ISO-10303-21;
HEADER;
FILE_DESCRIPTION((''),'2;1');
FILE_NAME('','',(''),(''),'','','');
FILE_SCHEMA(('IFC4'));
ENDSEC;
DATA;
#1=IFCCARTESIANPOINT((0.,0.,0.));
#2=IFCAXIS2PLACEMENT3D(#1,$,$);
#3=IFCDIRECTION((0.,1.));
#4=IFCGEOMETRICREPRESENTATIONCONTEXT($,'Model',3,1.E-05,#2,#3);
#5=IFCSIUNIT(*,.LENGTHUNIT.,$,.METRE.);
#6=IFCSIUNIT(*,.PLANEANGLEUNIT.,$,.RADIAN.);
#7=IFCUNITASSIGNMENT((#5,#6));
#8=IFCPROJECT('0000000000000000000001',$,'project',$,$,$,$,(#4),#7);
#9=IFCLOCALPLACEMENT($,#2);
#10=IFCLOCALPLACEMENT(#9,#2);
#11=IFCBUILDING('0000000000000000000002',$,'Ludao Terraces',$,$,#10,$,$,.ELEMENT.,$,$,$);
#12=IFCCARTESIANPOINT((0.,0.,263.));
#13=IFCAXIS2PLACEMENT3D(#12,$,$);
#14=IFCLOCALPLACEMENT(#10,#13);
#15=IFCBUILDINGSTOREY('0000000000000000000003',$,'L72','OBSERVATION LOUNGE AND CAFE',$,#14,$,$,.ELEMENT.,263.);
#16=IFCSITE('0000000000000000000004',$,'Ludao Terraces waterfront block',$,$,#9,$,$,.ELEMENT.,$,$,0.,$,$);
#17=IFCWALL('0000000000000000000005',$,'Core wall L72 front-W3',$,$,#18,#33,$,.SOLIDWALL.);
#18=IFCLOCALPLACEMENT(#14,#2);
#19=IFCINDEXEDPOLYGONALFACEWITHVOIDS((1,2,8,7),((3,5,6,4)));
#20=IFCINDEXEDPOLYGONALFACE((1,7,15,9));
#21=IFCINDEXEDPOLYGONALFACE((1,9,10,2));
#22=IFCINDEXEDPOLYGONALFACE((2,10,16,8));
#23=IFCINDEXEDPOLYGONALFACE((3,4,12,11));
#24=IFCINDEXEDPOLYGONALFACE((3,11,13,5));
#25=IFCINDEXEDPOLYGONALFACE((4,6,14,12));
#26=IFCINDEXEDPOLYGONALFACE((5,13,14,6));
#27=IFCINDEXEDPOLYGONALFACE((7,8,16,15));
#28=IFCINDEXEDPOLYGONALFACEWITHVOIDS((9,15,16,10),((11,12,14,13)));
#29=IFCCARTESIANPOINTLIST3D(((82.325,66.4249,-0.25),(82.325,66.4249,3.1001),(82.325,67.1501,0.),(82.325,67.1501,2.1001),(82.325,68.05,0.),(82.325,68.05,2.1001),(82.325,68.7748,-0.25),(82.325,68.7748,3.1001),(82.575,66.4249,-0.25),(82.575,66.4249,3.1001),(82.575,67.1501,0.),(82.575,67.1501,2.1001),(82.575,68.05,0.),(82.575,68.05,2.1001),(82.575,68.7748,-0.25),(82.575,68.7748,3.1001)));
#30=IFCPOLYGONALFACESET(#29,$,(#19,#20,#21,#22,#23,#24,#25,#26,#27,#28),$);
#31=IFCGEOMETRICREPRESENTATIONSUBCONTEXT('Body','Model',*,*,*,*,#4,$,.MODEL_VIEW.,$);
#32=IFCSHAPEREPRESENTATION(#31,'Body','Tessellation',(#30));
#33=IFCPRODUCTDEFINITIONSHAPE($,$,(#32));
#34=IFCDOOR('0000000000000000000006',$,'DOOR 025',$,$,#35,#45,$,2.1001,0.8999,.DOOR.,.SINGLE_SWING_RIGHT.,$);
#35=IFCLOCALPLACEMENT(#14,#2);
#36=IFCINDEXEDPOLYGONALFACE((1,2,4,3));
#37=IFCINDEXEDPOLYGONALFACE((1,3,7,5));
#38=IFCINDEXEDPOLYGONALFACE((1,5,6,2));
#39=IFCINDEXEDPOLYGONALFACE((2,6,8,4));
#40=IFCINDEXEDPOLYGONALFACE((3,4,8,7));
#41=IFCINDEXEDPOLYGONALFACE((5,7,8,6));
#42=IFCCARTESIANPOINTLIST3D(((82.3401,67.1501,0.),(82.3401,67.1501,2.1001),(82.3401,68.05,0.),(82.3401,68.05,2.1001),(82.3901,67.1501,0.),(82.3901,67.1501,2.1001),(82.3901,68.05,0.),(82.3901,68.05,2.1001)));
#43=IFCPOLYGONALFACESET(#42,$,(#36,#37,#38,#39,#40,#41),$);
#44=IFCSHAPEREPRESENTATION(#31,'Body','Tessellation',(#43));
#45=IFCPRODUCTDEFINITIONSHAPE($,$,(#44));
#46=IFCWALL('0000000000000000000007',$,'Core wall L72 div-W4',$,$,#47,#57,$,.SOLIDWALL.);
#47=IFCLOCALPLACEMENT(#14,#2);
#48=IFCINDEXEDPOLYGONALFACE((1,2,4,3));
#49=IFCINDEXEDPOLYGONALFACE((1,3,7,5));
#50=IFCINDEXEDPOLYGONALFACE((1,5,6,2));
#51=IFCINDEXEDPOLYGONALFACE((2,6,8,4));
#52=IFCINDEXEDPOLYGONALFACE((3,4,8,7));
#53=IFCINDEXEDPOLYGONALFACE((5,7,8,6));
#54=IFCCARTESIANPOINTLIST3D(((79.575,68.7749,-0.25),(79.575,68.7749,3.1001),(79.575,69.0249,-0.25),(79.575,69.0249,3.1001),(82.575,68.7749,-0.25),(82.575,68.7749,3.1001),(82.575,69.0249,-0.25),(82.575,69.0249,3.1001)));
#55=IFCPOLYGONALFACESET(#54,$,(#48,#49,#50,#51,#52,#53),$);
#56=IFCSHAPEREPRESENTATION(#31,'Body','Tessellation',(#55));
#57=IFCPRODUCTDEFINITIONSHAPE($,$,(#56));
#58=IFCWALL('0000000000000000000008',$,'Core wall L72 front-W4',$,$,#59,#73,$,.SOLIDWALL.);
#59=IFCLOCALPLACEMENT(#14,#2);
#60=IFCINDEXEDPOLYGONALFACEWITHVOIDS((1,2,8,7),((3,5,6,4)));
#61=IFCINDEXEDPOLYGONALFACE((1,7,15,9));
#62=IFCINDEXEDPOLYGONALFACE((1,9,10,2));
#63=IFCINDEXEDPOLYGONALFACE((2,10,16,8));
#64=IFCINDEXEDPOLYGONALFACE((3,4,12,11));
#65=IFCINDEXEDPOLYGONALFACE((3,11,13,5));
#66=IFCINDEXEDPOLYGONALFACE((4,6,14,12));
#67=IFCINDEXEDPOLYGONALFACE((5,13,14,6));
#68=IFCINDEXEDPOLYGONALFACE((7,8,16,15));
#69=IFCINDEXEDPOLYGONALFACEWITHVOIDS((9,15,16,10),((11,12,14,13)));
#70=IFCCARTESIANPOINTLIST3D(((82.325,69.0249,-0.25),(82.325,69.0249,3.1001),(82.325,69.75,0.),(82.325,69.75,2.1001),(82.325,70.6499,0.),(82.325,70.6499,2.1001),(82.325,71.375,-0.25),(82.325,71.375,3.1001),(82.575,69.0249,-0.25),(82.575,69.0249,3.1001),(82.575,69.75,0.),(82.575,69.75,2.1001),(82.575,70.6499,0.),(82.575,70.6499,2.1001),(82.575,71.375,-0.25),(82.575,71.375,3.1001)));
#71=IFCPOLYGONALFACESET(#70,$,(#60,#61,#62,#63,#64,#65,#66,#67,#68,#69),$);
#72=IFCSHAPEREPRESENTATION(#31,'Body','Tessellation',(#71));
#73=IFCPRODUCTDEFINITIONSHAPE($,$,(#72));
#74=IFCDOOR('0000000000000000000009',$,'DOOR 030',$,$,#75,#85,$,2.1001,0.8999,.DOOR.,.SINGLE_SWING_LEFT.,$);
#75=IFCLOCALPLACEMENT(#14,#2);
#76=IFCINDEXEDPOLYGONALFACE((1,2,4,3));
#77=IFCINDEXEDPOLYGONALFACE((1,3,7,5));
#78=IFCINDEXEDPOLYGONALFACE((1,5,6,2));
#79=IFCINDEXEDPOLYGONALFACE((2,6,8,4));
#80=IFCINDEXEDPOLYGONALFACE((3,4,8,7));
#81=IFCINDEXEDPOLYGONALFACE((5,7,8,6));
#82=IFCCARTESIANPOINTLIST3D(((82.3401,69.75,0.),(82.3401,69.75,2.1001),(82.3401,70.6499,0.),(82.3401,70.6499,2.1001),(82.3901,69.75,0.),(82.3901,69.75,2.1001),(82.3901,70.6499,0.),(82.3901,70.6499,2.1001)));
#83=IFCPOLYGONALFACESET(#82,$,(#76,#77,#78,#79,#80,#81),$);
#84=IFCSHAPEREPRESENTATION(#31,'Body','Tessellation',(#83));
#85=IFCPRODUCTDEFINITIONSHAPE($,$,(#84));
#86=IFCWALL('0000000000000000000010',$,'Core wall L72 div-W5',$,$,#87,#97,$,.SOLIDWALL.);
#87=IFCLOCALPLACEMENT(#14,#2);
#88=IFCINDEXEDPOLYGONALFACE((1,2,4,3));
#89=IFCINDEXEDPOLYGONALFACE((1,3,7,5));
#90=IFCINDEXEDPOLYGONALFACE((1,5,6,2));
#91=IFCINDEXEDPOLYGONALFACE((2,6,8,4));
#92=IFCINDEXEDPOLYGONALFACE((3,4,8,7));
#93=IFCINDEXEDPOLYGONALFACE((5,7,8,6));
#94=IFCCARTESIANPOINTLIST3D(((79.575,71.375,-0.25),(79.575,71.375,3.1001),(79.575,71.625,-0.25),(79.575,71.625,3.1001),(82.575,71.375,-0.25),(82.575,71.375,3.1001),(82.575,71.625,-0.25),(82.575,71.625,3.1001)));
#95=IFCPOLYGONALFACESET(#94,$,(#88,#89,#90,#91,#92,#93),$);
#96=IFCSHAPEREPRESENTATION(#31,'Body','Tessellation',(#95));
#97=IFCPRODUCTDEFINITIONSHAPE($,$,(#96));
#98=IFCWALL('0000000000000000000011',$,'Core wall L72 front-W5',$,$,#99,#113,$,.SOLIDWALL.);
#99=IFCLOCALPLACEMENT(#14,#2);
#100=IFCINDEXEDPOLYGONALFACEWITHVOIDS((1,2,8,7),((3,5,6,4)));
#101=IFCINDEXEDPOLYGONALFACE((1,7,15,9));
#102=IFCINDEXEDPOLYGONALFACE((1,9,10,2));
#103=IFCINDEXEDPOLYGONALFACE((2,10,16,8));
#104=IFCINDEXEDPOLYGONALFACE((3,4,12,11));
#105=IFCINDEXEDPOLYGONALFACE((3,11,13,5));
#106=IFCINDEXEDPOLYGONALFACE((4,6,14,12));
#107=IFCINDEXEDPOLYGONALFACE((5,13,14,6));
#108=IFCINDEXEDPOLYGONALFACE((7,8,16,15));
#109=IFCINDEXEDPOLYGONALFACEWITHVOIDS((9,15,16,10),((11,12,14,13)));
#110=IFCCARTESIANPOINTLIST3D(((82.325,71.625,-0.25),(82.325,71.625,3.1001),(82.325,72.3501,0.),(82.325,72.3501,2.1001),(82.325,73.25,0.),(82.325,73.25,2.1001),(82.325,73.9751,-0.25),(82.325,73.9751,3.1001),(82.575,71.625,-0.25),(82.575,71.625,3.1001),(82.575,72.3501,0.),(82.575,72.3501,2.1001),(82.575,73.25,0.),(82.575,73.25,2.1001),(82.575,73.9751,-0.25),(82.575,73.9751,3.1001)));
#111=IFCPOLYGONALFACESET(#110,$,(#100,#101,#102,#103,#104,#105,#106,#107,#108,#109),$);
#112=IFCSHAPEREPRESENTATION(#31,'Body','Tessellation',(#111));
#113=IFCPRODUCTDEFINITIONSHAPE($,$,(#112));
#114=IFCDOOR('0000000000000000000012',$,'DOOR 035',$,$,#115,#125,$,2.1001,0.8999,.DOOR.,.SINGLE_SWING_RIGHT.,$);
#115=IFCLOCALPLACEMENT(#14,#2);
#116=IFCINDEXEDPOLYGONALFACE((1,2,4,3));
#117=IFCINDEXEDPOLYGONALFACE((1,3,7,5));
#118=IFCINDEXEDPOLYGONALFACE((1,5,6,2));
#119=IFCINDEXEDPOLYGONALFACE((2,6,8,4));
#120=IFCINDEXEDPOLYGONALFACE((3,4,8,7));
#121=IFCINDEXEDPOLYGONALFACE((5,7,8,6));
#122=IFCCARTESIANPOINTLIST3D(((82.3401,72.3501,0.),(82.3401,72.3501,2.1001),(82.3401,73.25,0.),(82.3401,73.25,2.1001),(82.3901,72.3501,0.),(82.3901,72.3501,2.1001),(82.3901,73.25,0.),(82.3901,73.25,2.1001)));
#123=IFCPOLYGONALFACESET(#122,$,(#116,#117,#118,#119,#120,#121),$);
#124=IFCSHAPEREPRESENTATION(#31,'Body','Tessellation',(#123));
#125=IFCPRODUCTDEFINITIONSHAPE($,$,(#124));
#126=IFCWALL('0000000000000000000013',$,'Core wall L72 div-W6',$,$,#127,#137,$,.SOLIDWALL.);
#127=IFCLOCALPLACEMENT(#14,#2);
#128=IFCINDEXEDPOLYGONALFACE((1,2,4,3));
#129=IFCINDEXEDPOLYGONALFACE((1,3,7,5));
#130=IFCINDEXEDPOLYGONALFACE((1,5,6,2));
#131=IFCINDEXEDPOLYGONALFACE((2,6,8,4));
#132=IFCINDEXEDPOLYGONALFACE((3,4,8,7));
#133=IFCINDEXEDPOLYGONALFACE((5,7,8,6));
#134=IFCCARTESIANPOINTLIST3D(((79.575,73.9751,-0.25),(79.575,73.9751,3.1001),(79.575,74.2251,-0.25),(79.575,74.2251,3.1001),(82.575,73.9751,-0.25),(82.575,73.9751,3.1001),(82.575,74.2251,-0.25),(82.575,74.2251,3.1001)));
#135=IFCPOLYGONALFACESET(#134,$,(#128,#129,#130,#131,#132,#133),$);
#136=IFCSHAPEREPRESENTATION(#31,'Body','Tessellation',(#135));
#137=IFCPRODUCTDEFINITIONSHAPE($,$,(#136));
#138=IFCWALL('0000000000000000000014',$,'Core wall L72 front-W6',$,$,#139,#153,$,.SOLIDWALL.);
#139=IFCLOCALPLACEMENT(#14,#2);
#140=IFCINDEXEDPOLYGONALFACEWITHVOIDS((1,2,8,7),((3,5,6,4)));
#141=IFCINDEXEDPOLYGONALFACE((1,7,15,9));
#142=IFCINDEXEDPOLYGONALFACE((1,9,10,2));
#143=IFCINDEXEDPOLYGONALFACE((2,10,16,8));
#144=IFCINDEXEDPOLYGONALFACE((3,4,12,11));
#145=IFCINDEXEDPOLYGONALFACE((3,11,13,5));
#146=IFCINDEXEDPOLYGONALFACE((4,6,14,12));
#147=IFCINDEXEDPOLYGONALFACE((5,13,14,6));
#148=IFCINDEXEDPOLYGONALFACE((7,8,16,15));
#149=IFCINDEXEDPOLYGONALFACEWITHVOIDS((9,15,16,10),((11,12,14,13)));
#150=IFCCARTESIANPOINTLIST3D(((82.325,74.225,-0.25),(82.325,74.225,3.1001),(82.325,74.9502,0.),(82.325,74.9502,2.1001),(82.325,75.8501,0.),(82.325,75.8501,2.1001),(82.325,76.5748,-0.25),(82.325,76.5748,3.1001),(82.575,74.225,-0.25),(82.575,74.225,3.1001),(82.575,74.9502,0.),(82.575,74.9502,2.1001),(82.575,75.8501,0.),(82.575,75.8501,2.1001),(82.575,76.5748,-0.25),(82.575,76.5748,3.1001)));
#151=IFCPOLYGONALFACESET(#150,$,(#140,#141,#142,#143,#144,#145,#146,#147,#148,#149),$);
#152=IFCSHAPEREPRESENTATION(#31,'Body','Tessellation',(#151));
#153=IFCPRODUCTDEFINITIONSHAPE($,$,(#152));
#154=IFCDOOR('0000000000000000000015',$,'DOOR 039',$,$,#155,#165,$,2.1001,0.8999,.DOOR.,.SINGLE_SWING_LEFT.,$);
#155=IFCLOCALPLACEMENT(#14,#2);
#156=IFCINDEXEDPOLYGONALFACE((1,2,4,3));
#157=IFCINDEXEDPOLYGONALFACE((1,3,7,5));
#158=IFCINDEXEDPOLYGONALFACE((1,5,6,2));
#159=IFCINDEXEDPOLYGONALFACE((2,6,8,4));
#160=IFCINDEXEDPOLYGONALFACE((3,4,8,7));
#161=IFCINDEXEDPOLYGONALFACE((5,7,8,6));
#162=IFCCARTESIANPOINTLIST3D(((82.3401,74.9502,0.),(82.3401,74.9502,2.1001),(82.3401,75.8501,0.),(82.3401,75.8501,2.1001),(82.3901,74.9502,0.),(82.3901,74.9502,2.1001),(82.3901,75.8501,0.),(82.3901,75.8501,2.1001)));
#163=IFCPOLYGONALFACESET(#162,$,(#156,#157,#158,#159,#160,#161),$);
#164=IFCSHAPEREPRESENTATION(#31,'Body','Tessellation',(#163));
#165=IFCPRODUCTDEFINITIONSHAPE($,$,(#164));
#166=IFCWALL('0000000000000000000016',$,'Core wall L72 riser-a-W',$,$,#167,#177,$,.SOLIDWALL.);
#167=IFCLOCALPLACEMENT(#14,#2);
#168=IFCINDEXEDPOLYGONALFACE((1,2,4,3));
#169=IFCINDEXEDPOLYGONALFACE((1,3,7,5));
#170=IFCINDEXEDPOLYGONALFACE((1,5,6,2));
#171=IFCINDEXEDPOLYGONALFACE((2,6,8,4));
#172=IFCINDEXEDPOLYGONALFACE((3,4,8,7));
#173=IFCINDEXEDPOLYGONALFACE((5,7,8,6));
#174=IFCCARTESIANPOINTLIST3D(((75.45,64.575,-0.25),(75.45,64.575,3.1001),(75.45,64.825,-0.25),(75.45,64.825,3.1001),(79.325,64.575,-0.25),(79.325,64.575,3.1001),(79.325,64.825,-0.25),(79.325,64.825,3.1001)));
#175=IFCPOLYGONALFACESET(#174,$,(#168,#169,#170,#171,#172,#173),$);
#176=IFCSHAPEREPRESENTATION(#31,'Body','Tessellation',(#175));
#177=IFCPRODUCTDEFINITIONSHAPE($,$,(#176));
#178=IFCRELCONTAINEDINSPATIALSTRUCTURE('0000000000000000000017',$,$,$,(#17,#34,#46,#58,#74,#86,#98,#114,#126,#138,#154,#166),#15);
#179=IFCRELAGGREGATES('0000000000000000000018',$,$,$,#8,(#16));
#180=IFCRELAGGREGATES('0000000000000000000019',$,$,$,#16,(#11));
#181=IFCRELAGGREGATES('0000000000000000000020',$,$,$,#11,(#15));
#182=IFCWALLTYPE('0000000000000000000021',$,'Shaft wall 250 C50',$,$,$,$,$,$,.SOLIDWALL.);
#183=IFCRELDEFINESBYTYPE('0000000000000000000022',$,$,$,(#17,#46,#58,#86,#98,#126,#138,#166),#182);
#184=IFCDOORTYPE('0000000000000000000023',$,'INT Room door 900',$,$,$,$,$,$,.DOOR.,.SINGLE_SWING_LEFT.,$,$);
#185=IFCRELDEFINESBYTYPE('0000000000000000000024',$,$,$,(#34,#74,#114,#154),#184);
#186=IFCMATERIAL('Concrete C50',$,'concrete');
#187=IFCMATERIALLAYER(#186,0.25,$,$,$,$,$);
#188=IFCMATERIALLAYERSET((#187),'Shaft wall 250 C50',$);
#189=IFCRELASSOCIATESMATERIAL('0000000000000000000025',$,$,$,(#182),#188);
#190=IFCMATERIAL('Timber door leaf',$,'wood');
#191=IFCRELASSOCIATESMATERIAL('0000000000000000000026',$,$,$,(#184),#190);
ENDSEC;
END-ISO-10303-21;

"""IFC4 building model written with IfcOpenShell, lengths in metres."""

from ifc_helpers import new_model, si_unit, direction, frame, frame_2d, origin, place, context, subcontext, project, spatial, rectangle, extrude, material, layer, layer_set, type_object, element, fill, save


model = new_model("IFC4")

# Units and contexts
model_context = context("Model", 3, precision=1e-05, world=origin(), true_north=direction((0.0, 1.0)))
body_context = subcontext(model_context, "Body", "Model", "MODEL_VIEW")
ifc_project = project(units=[si_unit("LENGTHUNIT", "METRE"), si_unit("PLANEANGLEUNIT", "RADIAN")], contexts=[model_context])

# Site, building, storey
site_placement = place(None, origin())
site = spatial("IfcSite", under=ifc_project, at=site_placement, Name="Ludao Terraces waterfront block", CompositionType="ELEMENT", RefElevation=0.0)
building_placement = place(site_placement, origin())
building = spatial("IfcBuilding", under=site, at=building_placement, Name="Ludao Terraces", CompositionType="ELEMENT")
storey_placement = place(building_placement, frame((0.0, 0.0, 263.0)))
storey = spatial("IfcBuildingStorey", under=building, at=storey_placement, Name="L72", Description="OBSERVATION LOUNGE AND CAFE", CompositionType="ELEMENT", Elevation=263.0)

# Shared definitions
ifc_material_1 = material(Name="Concrete C50", Category="concrete")
ifc_layer_1 = layer(ifc_material_1, 0.25)
ifc_layer_set_1 = layer_set([ifc_layer_1], Name="Shaft wall 250 C50")
wall_type_1 = type_object("IfcWallType", Name="Shaft wall 250 C50", PredefinedType="SOLIDWALL", material=ifc_layer_set_1)

# Shared definitions
ifc_material_2 = material(Name="Timber door leaf", Category="wood")
door_type_1 = type_object("IfcDoorType", Name="INT Room door 900", OperationType="SINGLE_SWING_LEFT", PredefinedType="DOOR", material=ifc_material_2)

# Wall, opening, door
wall_1_placement = place(storey_placement, frame((82.45, 66.425, -0.25), z_axis=(0.0, 0.0, 1.0), x_axis=(0.0, 1.0, 0.0)))
wall_1 = element("IfcWall", 1, at=wall_1_placement, inside=storey, type_object=wall_type_1, Name="Core wall L72 front-W3", PredefinedType="SOLIDWALL", context=body_context, shape_type="SweptSolid", body=[
    extrude(rectangle(XDim=2.3499, YDim=0.25, at=frame_2d((1.1748, 0.0))), origin(), (0.0, 0.0, 1.0), 3.3501),
])
opening_1_placement = place(wall_1_placement, frame((0.7251, 0.0, 0.25)))
opening_1 = element("IfcOpeningElement", 2, at=opening_1_placement, cuts=wall_1, PredefinedType="OPENING", context=body_context, shape_type="SweptSolid", body=[
    extrude(rectangle(XDim=0.8999, YDim=2.1001, at=frame_2d((0.45, 1.05))), frame((0.0, 0.135, 0.0), z_axis=(0.0, -1.0, 0.0), x_axis=(1.0, 0.0, 0.0)), (0.0, 0.0, 1.0), 0.27),
])
door_1_placement = place(opening_1_placement, origin())
door_1 = element("IfcDoor", 3, at=door_1_placement, inside=storey, type_object=door_type_1, Name="DOOR 025", OperationType="SINGLE_SWING_RIGHT", OverallHeight=2.1001, OverallWidth=0.8999, PredefinedType="DOOR", context=body_context, shape_type="SweptSolid", body=[
    extrude(rectangle(XDim=0.8999, YDim=2.1001, at=frame_2d((0.45, 1.05))), frame((0.0, 0.1099, 0.0), z_axis=(0.0, -1.0, 0.0), x_axis=(1.0, 0.0, 0.0)), (0.0, 0.0, 1.0), 0.05),
])
fill(opening_1, door_1)

# Wall
wall_2_placement = place(storey_placement, frame((79.575, 68.8999, -0.25), z_axis=(0.0, 0.0, 1.0), x_axis=(1.0, 0.0, 0.0)))
element("IfcWall", 4, at=wall_2_placement, inside=storey, type_object=wall_type_1, Name="Core wall L72 div-W4", PredefinedType="SOLIDWALL", context=body_context, shape_type="SweptSolid", body=[
    extrude(rectangle(XDim=3.0, YDim=0.25, at=frame_2d((1.5, 0.0))), origin(), (0.0, 0.0, 1.0), 3.3501),
])

# Wall, opening, door
wall_3_placement = place(storey_placement, frame((82.45, 69.0249, -0.25), z_axis=(0.0, 0.0, 1.0), x_axis=(0.0, 1.0, 0.0)))
wall_3 = element("IfcWall", 5, at=wall_3_placement, inside=storey, type_object=wall_type_1, Name="Core wall L72 front-W4", PredefinedType="SOLIDWALL", context=body_context, shape_type="SweptSolid", body=[
    extrude(rectangle(XDim=2.3501, YDim=0.25, at=frame_2d((1.175, 0.0))), origin(), (0.0, 0.0, 1.0), 3.3501),
])
opening_2_placement = place(wall_3_placement, frame((0.7251, 0.0, 0.25)))
opening_2 = element("IfcOpeningElement", 6, at=opening_2_placement, cuts=wall_3, PredefinedType="OPENING", context=body_context, shape_type="SweptSolid", body=[
    extrude(rectangle(XDim=0.8999, YDim=2.1001, at=frame_2d((0.45, 1.05))), frame((0.0, 0.135, 0.0), z_axis=(0.0, -1.0, 0.0), x_axis=(1.0, 0.0, 0.0)), (0.0, 0.0, 1.0), 0.27),
])
door_2_placement = place(opening_2_placement, origin())
door_2 = element("IfcDoor", 7, at=door_2_placement, inside=storey, type_object=door_type_1, Name="DOOR 030", OperationType="SINGLE_SWING_LEFT", OverallHeight=2.1001, OverallWidth=0.8999, PredefinedType="DOOR", context=body_context, shape_type="SweptSolid", body=[
    extrude(rectangle(XDim=0.8999, YDim=2.1001, at=frame_2d((0.45, 1.05))), frame((0.0, 0.1099, 0.0), z_axis=(0.0, -1.0, 0.0), x_axis=(1.0, 0.0, 0.0)), (0.0, 0.0, 1.0), 0.05),
])
fill(opening_2, door_2)

# Wall
wall_4_placement = place(storey_placement, frame((79.575, 71.5, -0.25), z_axis=(0.0, 0.0, 1.0), x_axis=(1.0, 0.0, 0.0)))
element("IfcWall", 8, at=wall_4_placement, inside=storey, type_object=wall_type_1, Name="Core wall L72 div-W5", PredefinedType="SOLIDWALL", context=body_context, shape_type="SweptSolid", body=[
    extrude(rectangle(XDim=3.0, YDim=0.25, at=frame_2d((1.5, 0.0))), origin(), (0.0, 0.0, 1.0), 3.3501),
])

# Wall, opening, door
wall_5_placement = place(storey_placement, frame((82.45, 71.625, -0.25), z_axis=(0.0, 0.0, 1.0), x_axis=(0.0, 1.0, 0.0)))
wall_5 = element("IfcWall", 9, at=wall_5_placement, inside=storey, type_object=wall_type_1, Name="Core wall L72 front-W5", PredefinedType="SOLIDWALL", context=body_context, shape_type="SweptSolid", body=[
    extrude(rectangle(XDim=2.3501, YDim=0.25, at=frame_2d((1.175, 0.0))), origin(), (0.0, 0.0, 1.0), 3.3501),
])
opening_3_placement = place(wall_5_placement, frame((0.7251, 0.0, 0.25)))
opening_3 = element("IfcOpeningElement", 10, at=opening_3_placement, cuts=wall_5, PredefinedType="OPENING", context=body_context, shape_type="SweptSolid", body=[
    extrude(rectangle(XDim=0.8999, YDim=2.1001, at=frame_2d((0.45, 1.05))), frame((0.0, 0.135, 0.0), z_axis=(0.0, -1.0, 0.0), x_axis=(1.0, 0.0, 0.0)), (0.0, 0.0, 1.0), 0.27),
])
door_3_placement = place(opening_3_placement, origin())
door_3 = element("IfcDoor", 11, at=door_3_placement, inside=storey, type_object=door_type_1, Name="DOOR 035", OperationType="SINGLE_SWING_RIGHT", OverallHeight=2.1001, OverallWidth=0.8999, PredefinedType="DOOR", context=body_context, shape_type="SweptSolid", body=[
    extrude(rectangle(XDim=0.8999, YDim=2.1001, at=frame_2d((0.45, 1.05))), frame((0.0, 0.1099, 0.0), z_axis=(0.0, -1.0, 0.0), x_axis=(1.0, 0.0, 0.0)), (0.0, 0.0, 1.0), 0.05),
])
fill(opening_3, door_3)

# Wall
wall_6_placement = place(storey_placement, frame((79.575, 74.1001, -0.25), z_axis=(0.0, 0.0, 1.0), x_axis=(1.0, 0.0, 0.0)))
element("IfcWall", 12, at=wall_6_placement, inside=storey, type_object=wall_type_1, Name="Core wall L72 div-W6", PredefinedType="SOLIDWALL", context=body_context, shape_type="SweptSolid", body=[
    extrude(rectangle(XDim=3.0, YDim=0.25, at=frame_2d((1.5, 0.0))), origin(), (0.0, 0.0, 1.0), 3.3501),
])

# Wall, opening, door
wall_7_placement = place(storey_placement, frame((82.45, 74.2251, -0.25), z_axis=(0.0, 0.0, 1.0), x_axis=(0.0, 1.0, 0.0)))
wall_7 = element("IfcWall", 13, at=wall_7_placement, inside=storey, type_object=wall_type_1, Name="Core wall L72 front-W6", PredefinedType="SOLIDWALL", context=body_context, shape_type="SweptSolid", body=[
    extrude(rectangle(XDim=2.3499, YDim=0.25, at=frame_2d((1.1748, 0.0))), origin(), (0.0, 0.0, 1.0), 3.3501),
])
opening_4_placement = place(wall_7_placement, frame((0.7251, 0.0, 0.25)))
opening_4 = element("IfcOpeningElement", 14, at=opening_4_placement, cuts=wall_7, PredefinedType="OPENING", context=body_context, shape_type="SweptSolid", body=[
    extrude(rectangle(XDim=0.8999, YDim=2.1001, at=frame_2d((0.45, 1.05))), frame((0.0, 0.135, 0.0), z_axis=(0.0, -1.0, 0.0), x_axis=(1.0, 0.0, 0.0)), (0.0, 0.0, 1.0), 0.27),
])
door_4_placement = place(opening_4_placement, origin())
door_4 = element("IfcDoor", 15, at=door_4_placement, inside=storey, type_object=door_type_1, Name="DOOR 039", OperationType="SINGLE_SWING_LEFT", OverallHeight=2.1001, OverallWidth=0.8999, PredefinedType="DOOR", context=body_context, shape_type="SweptSolid", body=[
    extrude(rectangle(XDim=0.8999, YDim=2.1001, at=frame_2d((0.45, 1.05))), frame((0.0, 0.1099, 0.0), z_axis=(0.0, -1.0, 0.0), x_axis=(1.0, 0.0, 0.0)), (0.0, 0.0, 1.0), 0.05),
])
fill(opening_4, door_4)

# Wall
for number, where, z_axis, x_axis, name in (
    (16, (75.45, 64.7, -0.25), (0.0, 0.0, 1.0), (1.0, 0.0, 0.0), "Core wall L72 riser-a-W"),
):
    element("IfcWall", number, at=place(storey_placement, frame(where, z_axis=z_axis, x_axis=x_axis)), inside=storey, type_object=wall_type_1, Name=name, PredefinedType="SOLIDWALL", context=body_context, shape_type="SweptSolid", body=[
        extrude(rectangle(XDim=3.875, YDim=0.25, at=frame_2d((1.9375, 0.0))), origin(), (0.0, 0.0, 1.0), 3.3501),
    ])

save(model, "model.ifc")
